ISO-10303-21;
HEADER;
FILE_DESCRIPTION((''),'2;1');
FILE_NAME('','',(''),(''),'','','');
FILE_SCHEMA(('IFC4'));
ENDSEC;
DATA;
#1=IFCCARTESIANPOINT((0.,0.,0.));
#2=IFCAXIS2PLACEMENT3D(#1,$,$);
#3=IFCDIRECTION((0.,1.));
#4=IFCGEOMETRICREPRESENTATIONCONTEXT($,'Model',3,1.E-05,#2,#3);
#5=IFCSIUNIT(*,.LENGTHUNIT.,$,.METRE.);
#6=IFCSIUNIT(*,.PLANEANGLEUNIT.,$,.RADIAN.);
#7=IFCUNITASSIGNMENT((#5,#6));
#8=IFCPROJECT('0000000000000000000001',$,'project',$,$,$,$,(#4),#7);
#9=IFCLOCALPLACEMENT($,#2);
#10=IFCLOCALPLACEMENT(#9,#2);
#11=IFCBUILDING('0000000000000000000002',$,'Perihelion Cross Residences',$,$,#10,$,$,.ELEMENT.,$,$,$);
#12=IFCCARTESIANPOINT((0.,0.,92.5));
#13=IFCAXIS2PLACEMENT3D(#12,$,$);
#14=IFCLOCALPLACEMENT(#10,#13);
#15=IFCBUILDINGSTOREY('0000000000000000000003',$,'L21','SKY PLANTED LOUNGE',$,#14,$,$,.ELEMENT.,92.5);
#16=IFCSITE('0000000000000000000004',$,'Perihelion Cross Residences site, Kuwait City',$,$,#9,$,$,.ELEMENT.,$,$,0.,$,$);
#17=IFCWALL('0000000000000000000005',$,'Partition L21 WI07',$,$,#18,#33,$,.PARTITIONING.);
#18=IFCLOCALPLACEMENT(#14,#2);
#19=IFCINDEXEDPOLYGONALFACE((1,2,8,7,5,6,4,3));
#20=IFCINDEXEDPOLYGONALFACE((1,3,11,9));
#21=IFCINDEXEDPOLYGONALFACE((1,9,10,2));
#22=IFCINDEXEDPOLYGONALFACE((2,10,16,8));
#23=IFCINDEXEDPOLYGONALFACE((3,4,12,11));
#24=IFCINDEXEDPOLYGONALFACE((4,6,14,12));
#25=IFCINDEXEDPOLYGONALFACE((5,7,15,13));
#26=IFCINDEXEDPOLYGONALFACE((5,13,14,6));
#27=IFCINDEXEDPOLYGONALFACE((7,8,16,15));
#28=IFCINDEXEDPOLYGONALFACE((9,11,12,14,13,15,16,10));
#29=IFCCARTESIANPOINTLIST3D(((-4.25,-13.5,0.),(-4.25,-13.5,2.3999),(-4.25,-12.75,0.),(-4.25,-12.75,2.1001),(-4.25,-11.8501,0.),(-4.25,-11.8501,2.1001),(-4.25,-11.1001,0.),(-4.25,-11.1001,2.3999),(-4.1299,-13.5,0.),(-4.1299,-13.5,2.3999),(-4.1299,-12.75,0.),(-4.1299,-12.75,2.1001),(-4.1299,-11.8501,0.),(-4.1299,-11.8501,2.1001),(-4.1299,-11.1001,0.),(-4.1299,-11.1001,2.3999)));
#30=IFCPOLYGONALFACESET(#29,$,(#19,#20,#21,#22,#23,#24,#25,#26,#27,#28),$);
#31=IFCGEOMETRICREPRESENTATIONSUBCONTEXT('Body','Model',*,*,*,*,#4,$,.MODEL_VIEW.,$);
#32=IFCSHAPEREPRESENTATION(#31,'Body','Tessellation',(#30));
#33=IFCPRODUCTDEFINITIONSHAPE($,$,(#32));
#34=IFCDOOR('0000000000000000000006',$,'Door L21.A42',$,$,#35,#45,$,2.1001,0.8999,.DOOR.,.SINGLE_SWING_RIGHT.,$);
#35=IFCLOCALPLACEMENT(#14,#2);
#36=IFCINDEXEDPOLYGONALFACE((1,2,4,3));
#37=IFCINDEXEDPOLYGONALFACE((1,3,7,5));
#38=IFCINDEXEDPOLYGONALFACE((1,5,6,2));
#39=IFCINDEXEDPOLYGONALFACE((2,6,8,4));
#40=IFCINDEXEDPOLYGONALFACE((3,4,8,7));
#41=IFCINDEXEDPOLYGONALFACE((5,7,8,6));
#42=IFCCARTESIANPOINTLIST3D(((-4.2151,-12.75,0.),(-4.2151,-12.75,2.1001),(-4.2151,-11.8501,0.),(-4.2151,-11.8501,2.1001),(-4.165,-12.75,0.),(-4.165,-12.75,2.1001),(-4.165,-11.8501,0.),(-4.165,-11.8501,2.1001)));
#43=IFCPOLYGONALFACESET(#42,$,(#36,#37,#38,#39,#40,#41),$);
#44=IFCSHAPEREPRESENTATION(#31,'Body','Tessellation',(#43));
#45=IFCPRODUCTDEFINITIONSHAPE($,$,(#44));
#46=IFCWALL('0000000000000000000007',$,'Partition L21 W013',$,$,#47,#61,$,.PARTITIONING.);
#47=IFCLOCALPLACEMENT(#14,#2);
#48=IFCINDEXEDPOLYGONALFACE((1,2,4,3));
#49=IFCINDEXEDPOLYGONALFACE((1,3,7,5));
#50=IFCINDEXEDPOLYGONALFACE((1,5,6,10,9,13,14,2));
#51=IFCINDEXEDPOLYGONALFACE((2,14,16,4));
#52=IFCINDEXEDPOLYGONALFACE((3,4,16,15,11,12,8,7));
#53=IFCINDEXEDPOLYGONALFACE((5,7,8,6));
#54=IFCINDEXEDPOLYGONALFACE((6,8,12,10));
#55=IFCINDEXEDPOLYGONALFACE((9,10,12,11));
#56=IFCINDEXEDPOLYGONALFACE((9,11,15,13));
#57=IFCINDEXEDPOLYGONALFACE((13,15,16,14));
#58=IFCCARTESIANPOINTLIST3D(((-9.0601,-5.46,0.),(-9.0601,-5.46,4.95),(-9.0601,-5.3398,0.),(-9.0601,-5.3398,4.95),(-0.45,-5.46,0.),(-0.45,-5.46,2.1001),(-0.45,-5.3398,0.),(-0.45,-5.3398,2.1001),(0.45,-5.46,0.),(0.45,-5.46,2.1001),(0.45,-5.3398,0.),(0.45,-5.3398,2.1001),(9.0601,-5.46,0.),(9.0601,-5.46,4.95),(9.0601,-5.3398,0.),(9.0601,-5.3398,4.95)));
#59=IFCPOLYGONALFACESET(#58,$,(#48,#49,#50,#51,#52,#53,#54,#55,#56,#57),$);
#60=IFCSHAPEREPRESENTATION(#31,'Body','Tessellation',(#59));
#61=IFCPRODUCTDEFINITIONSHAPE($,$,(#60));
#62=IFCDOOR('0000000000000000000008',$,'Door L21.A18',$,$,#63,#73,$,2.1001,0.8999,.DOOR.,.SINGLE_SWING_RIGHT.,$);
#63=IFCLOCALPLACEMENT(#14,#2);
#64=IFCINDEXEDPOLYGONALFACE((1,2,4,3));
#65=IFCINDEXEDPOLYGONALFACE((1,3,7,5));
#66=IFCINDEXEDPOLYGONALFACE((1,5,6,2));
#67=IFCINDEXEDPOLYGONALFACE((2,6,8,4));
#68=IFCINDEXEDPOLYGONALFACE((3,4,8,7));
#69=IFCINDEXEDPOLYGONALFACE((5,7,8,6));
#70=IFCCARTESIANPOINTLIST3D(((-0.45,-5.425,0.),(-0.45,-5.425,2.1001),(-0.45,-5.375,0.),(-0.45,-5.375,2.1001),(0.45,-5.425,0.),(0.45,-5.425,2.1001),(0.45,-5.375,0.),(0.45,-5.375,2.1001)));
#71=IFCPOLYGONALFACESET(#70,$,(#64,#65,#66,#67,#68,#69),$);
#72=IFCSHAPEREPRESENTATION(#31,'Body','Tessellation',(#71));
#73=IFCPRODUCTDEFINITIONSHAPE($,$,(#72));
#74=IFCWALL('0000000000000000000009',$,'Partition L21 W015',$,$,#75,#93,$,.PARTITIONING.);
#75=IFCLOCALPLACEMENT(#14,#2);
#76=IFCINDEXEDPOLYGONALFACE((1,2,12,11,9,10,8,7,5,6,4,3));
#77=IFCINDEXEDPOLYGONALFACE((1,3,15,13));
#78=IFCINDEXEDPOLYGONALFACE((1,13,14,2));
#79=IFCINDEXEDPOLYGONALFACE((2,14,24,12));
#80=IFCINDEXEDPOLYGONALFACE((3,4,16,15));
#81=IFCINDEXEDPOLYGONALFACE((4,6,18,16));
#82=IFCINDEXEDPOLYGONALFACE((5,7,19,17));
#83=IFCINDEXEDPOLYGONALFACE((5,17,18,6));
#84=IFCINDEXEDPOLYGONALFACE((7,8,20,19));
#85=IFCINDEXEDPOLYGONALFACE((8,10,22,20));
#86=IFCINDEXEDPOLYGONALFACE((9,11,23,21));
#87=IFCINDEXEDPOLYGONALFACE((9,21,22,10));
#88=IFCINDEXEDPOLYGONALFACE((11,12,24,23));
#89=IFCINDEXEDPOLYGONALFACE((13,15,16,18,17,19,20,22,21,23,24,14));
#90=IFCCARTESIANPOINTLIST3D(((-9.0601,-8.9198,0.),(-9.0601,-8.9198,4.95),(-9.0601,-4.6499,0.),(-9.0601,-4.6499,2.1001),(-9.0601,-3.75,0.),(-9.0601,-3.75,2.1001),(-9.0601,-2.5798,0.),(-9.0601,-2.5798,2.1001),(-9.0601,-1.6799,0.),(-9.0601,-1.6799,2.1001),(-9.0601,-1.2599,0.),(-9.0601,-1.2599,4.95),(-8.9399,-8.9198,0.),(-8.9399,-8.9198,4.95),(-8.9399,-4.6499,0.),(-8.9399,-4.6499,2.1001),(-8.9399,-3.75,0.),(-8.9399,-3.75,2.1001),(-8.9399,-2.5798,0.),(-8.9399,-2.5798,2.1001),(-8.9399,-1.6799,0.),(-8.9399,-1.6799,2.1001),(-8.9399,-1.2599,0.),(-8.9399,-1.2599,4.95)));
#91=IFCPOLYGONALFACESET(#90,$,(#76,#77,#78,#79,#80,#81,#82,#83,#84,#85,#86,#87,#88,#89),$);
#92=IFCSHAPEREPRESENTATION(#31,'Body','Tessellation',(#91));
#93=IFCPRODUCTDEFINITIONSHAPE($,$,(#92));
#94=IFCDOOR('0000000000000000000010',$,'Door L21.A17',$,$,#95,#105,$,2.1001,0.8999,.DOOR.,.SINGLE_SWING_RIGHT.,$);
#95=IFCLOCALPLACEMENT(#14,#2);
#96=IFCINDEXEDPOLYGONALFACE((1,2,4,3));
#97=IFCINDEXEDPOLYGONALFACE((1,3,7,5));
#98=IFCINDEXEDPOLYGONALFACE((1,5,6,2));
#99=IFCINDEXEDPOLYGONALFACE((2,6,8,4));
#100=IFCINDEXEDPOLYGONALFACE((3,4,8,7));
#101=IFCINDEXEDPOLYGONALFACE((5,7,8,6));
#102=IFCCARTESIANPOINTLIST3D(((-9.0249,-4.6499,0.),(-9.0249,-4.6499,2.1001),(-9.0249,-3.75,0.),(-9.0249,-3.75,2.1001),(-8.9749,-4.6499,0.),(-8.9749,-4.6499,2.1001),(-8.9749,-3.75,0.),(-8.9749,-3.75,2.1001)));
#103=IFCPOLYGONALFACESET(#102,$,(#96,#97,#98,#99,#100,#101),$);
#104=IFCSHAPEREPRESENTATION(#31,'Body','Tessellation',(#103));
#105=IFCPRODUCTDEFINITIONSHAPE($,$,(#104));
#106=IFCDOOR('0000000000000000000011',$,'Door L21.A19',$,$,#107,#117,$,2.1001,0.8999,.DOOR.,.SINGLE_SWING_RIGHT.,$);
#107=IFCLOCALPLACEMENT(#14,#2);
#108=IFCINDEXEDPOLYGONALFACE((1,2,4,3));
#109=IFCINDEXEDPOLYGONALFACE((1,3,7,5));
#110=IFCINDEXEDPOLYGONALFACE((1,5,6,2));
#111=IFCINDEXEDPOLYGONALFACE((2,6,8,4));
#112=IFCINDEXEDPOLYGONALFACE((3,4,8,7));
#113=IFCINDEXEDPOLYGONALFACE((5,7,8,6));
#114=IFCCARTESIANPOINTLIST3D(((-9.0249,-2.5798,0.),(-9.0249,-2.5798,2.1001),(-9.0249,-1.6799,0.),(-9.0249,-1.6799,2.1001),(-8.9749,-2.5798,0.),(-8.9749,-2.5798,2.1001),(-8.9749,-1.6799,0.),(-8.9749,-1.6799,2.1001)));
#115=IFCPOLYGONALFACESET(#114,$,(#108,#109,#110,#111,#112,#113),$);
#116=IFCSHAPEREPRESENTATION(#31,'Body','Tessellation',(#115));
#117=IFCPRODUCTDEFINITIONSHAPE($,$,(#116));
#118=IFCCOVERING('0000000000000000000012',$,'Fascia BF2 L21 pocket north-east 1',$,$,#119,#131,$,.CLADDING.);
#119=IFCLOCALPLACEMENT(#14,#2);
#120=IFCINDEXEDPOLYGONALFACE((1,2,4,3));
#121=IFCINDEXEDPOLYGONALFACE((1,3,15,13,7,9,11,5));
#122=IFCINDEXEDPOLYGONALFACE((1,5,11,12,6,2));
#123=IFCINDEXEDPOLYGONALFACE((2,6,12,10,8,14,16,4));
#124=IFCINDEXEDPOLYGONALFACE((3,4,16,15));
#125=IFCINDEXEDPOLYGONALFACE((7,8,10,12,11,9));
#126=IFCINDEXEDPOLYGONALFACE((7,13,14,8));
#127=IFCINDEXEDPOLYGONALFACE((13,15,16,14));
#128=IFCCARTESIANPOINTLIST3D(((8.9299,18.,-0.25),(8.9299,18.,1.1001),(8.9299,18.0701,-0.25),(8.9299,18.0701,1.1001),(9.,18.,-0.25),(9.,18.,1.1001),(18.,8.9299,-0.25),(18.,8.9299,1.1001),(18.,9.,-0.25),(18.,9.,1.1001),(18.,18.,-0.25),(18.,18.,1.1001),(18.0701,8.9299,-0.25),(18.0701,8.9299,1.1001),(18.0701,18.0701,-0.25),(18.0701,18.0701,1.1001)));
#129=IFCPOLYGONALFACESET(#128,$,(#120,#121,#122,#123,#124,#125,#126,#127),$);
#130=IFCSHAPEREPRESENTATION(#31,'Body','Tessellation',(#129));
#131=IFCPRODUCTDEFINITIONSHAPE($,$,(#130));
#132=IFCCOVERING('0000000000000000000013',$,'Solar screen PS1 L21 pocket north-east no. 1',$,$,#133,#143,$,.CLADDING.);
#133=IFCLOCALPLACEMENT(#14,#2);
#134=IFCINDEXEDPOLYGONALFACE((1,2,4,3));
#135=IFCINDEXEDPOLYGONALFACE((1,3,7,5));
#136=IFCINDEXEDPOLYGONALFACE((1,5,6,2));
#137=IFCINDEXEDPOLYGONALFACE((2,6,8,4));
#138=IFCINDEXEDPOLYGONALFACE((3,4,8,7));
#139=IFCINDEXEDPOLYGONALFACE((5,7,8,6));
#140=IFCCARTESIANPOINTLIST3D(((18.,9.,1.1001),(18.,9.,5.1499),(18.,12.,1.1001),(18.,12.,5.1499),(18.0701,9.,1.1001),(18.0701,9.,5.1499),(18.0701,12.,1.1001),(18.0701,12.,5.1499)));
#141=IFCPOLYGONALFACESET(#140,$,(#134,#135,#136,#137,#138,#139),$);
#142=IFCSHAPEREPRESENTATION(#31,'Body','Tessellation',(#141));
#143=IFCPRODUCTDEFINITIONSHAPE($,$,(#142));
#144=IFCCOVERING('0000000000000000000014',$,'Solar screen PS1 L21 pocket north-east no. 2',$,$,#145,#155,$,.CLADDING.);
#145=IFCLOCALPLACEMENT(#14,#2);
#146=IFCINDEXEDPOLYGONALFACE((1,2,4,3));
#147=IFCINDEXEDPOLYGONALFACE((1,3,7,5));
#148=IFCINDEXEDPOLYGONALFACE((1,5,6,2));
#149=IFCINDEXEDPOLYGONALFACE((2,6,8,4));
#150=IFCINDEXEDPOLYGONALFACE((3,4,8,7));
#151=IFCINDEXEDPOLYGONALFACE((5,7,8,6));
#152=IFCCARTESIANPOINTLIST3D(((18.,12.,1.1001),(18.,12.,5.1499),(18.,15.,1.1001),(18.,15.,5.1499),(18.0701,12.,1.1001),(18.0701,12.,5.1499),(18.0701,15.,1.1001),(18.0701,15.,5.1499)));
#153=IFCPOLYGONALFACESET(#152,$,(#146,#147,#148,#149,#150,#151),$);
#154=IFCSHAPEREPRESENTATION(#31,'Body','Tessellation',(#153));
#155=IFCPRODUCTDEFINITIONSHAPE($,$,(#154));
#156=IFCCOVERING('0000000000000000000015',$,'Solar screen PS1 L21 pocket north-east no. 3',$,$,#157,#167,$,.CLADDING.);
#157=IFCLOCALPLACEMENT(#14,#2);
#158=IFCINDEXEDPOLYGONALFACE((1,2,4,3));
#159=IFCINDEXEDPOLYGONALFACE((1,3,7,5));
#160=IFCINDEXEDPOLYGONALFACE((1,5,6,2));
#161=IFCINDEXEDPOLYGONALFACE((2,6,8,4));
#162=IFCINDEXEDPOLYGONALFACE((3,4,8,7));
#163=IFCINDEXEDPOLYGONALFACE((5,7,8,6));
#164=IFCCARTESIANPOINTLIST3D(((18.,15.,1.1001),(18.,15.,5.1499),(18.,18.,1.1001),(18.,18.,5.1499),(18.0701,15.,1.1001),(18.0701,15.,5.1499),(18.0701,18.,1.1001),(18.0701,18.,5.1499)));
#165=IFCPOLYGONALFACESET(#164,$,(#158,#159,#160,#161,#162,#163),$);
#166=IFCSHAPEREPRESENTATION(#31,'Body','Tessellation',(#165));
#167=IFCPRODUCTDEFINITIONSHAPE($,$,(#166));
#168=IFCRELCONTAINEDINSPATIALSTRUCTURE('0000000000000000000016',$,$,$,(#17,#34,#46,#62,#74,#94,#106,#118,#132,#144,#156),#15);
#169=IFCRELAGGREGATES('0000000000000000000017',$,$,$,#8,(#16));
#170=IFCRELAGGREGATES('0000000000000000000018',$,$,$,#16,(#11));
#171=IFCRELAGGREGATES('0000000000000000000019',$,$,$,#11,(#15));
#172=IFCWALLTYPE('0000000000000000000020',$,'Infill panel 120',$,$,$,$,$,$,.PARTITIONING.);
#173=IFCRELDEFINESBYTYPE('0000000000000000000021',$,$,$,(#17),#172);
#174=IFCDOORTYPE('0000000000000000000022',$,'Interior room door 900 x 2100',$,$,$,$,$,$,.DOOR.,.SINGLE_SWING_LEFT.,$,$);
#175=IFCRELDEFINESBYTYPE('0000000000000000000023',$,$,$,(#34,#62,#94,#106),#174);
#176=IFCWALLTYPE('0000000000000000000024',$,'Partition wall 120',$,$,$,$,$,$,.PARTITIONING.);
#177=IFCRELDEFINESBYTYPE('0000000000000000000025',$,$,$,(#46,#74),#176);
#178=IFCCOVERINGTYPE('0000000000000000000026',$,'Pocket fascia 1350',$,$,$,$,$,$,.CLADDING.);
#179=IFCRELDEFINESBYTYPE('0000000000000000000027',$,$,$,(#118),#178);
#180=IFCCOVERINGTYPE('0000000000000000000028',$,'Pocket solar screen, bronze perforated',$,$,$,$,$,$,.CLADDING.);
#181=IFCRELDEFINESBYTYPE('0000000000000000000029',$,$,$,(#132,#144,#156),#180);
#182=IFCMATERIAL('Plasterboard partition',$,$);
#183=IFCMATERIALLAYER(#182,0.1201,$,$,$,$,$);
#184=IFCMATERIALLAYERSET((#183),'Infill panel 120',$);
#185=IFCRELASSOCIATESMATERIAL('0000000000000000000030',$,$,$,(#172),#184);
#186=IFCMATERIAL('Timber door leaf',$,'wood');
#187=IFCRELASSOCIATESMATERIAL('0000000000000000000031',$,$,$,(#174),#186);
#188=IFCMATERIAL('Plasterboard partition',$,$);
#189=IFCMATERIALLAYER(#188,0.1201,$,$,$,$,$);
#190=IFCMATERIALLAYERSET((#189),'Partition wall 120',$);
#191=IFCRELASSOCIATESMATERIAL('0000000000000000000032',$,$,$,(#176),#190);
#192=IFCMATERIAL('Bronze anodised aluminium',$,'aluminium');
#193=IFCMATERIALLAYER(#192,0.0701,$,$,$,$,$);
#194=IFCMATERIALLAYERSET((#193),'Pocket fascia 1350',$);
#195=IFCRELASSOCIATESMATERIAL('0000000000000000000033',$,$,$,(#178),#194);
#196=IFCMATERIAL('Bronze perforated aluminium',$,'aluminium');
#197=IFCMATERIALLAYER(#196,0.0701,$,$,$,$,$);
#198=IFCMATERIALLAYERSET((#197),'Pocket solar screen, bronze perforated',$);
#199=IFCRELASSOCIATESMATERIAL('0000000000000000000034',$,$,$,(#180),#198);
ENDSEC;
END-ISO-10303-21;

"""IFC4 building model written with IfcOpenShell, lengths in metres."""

from ifc_helpers import new_model, si_unit, direction, frame, frame_2d, origin, place, context, subcontext, project, spatial, polyline, rectangle, outline, extrude, material, layer, layer_set, type_object, element, fill, save


model = new_model("IFC4")

# Units and contexts
model_context = context("Model", 3, precision=1e-05, world=origin(), true_north=direction((0.0, 1.0)))
body_context = subcontext(model_context, "Body", "Model", "MODEL_VIEW")
ifc_project = project(units=[si_unit("LENGTHUNIT", "METRE"), si_unit("PLANEANGLEUNIT", "RADIAN")], contexts=[model_context])

# Site, building, storey
site_placement = place(None, origin())
site = spatial("IfcSite", under=ifc_project, at=site_placement, Name="Perihelion Cross Residences site, Kuwait City", CompositionType="ELEMENT", RefElevation=0.0)
building_placement = place(site_placement, origin())
building = spatial("IfcBuilding", under=site, at=building_placement, Name="Perihelion Cross Residences", CompositionType="ELEMENT")
storey_placement = place(building_placement, frame((0.0, 0.0, 92.5)))
storey = spatial("IfcBuildingStorey", under=building, at=storey_placement, Name="L21", Description="SKY PLANTED LOUNGE", CompositionType="ELEMENT", Elevation=92.5)

# Walls, openings, doors
ifc_material_1 = material(Name="Plasterboard partition")
ifc_layer_1 = layer(ifc_material_1, 0.1201)
ifc_layer_set_1 = layer_set([ifc_layer_1], Name="Infill panel 120")
wall_type_1 = type_object("IfcWallType", Name="Infill panel 120", PredefinedType="PARTITIONING", material=ifc_layer_set_1)
wall_1_placement = place(storey_placement, frame((-4.1899, -11.1001, 0.0), z_axis=(0.0, 0.0, 1.0), x_axis=(0.0, -1.0, 0.0)))
wall_1 = element("IfcWall", 1, at=wall_1_placement, inside=storey, type_object=wall_type_1, Name="Partition L21 WI07", PredefinedType="PARTITIONING", context=body_context, shape_type="SweptSolid", body=[
    extrude(rectangle(XDim=2.3999, YDim=0.1201, at=frame_2d((1.2, 0.0))), origin(), (0.0, 0.0, 1.0), 2.3999),
])
opening_1_placement = place(wall_1_placement, frame((0.75, 0.0, 0.0)))
opening_1 = element("IfcOpeningElement", 2, at=opening_1_placement, cuts=wall_1, PredefinedType="OPENING", context=body_context, shape_type="SweptSolid", body=[
    extrude(rectangle(XDim=0.8999, YDim=2.1001, at=frame_2d((0.45, 1.05))), frame((0.0, 0.0701, 0.0), z_axis=(0.0, -1.0, 0.0), x_axis=(1.0, 0.0, 0.0)), (0.0, 0.0, 1.0), 0.1401),
])
ifc_material_2 = material(Name="Timber door leaf", Category="wood")
door_type_1 = type_object("IfcDoorType", Name="Interior room door 900 x 2100", OperationType="SINGLE_SWING_LEFT", PredefinedType="DOOR", material=ifc_material_2)
door_1_placement = place(opening_1_placement, origin())
door_1 = element("IfcDoor", 3, at=door_1_placement, inside=storey, type_object=door_type_1, Name="Door L21.A42", OperationType="SINGLE_SWING_RIGHT", OverallHeight=2.1001, OverallWidth=0.8999, PredefinedType="DOOR", context=body_context, shape_type="SweptSolid", body=[
    extrude(rectangle(XDim=0.8999, YDim=2.1001, at=frame_2d((0.45, 1.05))), frame((0.0, 0.0249, 0.0), z_axis=(0.0, -1.0, 0.0), x_axis=(1.0, 0.0, 0.0)), (0.0, 0.0, 1.0), 0.05),
])
fill(opening_1, door_1)
ifc_material_3 = material(Name="Plasterboard partition")
ifc_layer_2 = layer(ifc_material_3, 0.1201)
ifc_layer_set_2 = layer_set([ifc_layer_2], Name="Partition wall 120")
wall_type_2 = type_object("IfcWallType", Name="Partition wall 120", PredefinedType="PARTITIONING", material=ifc_layer_set_2)
wall_2_placement = place(storey_placement, frame((-9.0601, -5.3999, 0.0), z_axis=(0.0, 0.0, 1.0), x_axis=(1.0, 0.0, 0.0)))
wall_2 = element("IfcWall", 4, at=wall_2_placement, inside=storey, type_object=wall_type_2, Name="Partition L21 W013", PredefinedType="PARTITIONING", context=body_context, shape_type="SweptSolid", body=[
    extrude(rectangle(XDim=18.1201, YDim=0.1201, at=frame_2d((9.0601, 0.0))), origin(), (0.0, 0.0, 1.0), 4.95),
])
opening_2_placement = place(wall_2_placement, frame((8.6101, 0.0, 0.0)))
opening_2 = element("IfcOpeningElement", 5, at=opening_2_placement, cuts=wall_2, PredefinedType="OPENING", context=body_context, shape_type="SweptSolid", body=[
    extrude(rectangle(XDim=0.8999, YDim=2.1001, at=frame_2d((0.45, 1.05))), frame((0.0, 0.0701, 0.0), z_axis=(0.0, -1.0, 0.0), x_axis=(1.0, 0.0, 0.0)), (0.0, 0.0, 1.0), 0.1401),
])
door_2_placement = place(opening_2_placement, origin())
door_2 = element("IfcDoor", 6, at=door_2_placement, inside=storey, type_object=door_type_1, Name="Door L21.A18", OperationType="SINGLE_SWING_RIGHT", OverallHeight=2.1001, OverallWidth=0.8999, PredefinedType="DOOR", context=body_context, shape_type="SweptSolid", body=[
    extrude(rectangle(XDim=0.8999, YDim=2.1001, at=frame_2d((0.45, 1.05))), frame((0.0, 0.0249, 0.0), z_axis=(0.0, -1.0, 0.0), x_axis=(1.0, 0.0, 0.0)), (0.0, 0.0, 1.0), 0.05),
])
fill(opening_2, door_2)

# Wall, openings, doors
wall_3_placement = place(storey_placement, frame((-9.0, -8.9199, 0.0), z_axis=(0.0, 0.0, 1.0), x_axis=(0.0, 1.0, 0.0)))
wall_3 = element("IfcWall", 7, at=wall_3_placement, inside=storey, type_object=wall_type_2, Name="Partition L21 W015", PredefinedType="PARTITIONING", context=body_context, shape_type="SweptSolid", body=[
    extrude(rectangle(XDim=7.6599, YDim=0.1201, at=frame_2d((3.8301, 0.0))), origin(), (0.0, 0.0, 1.0), 4.95),
])
opening_3_placement = place(wall_3_placement, frame((4.27, 0.0, 0.0)))
opening_3 = element("IfcOpeningElement", 8, at=opening_3_placement, cuts=wall_3, PredefinedType="OPENING", context=body_context, shape_type="SweptSolid", body=[
    extrude(rectangle(XDim=0.8999, YDim=2.1001, at=frame_2d((0.45, 1.05))), frame((0.0, 0.0701, 0.0), z_axis=(0.0, -1.0, 0.0), x_axis=(1.0, 0.0, 0.0)), (0.0, 0.0, 1.0), 0.1401),
])
opening_4_placement = place(wall_3_placement, frame((6.3401, 0.0, 0.0)))
opening_4 = element("IfcOpeningElement", 9, at=opening_4_placement, cuts=wall_3, PredefinedType="OPENING", context=body_context, shape_type="SweptSolid", body=[
    extrude(rectangle(XDim=0.8999, YDim=2.1001, at=frame_2d((0.45, 1.05))), frame((0.0, 0.0701, 0.0), z_axis=(0.0, -1.0, 0.0), x_axis=(1.0, 0.0, 0.0)), (0.0, 0.0, 1.0), 0.1401),
])
door_3_placement = place(opening_3_placement, origin())
door_3 = element("IfcDoor", 10, at=door_3_placement, inside=storey, type_object=door_type_1, Name="Door L21.A17", OperationType="SINGLE_SWING_RIGHT", OverallHeight=2.1001, OverallWidth=0.8999, PredefinedType="DOOR", context=body_context, shape_type="SweptSolid", body=[
    extrude(rectangle(XDim=0.8999, YDim=2.1001, at=frame_2d((0.45, 1.05))), frame((0.0, 0.0249, 0.0), z_axis=(0.0, -1.0, 0.0), x_axis=(1.0, 0.0, 0.0)), (0.0, 0.0, 1.0), 0.05),
])
fill(opening_3, door_3)
door_4_placement = place(opening_4_placement, origin())
door_4 = element("IfcDoor", 11, at=door_4_placement, inside=storey, type_object=door_type_1, Name="Door L21.A19", OperationType="SINGLE_SWING_RIGHT", OverallHeight=2.1001, OverallWidth=0.8999, PredefinedType="DOOR", context=body_context, shape_type="SweptSolid", body=[
    extrude(rectangle(XDim=0.8999, YDim=2.1001, at=frame_2d((0.45, 1.05))), frame((0.0, 0.0249, 0.0), z_axis=(0.0, -1.0, 0.0), x_axis=(1.0, 0.0, 0.0)), (0.0, 0.0, 1.0), 0.05),
])
fill(opening_4, door_4)

# Coverings
ifc_material_4 = material(Name="Bronze anodised aluminium", Category="aluminium")
ifc_layer_3 = layer(ifc_material_4, 0.0701)
ifc_layer_set_3 = layer_set([ifc_layer_3], Name="Pocket fascia 1350")
covering_type_1 = type_object("IfcCoveringType", Name="Pocket fascia 1350", PredefinedType="CLADDING", material=ifc_layer_set_3)
covering_1_placement = place(storey_placement, frame((0.0, 0.0, -0.25)))
element("IfcCovering", 12, at=covering_1_placement, inside=storey, type_object=covering_type_1, Name="Fascia BF2 L21 pocket north-east 1", PredefinedType="CLADDING", context=body_context, shape_type="SweptSolid", body=[
    extrude(outline(polyline([(8.9299, 18.0), (9.0, 18.0), (9.0, 18.0), (18.0, 18.0), (18.0, 9.0), (18.0, 9.0), (18.0, 8.9299), (18.0701, 8.9299), (18.0701, 18.0701), (8.9299, 18.0701), (8.9299, 18.0)])), origin(), (0.0, 0.0, 1.0), 1.3501),
])
ifc_material_5 = material(Name="Bronze perforated aluminium", Category="aluminium")
ifc_layer_4 = layer(ifc_material_5, 0.0701)
ifc_layer_set_4 = layer_set([ifc_layer_4], Name="Pocket solar screen, bronze perforated")
covering_type_2 = type_object("IfcCoveringType", Name="Pocket solar screen, bronze perforated", PredefinedType="CLADDING", material=ifc_layer_set_4)
covering_2_placement = place(storey_placement, frame((0.0, 0.0, 1.1001)))
element("IfcCovering", 13, at=covering_2_placement, inside=storey, type_object=covering_type_2, Name="Solar screen PS1 L21 pocket north-east no. 1", PredefinedType="CLADDING", context=body_context, shape_type="SweptSolid", body=[
    extrude(outline(polyline([(18.0701, 9.0), (18.0701, 12.0), (18.0, 12.0), (18.0, 9.0), (18.0701, 9.0)])), origin(), (0.0, 0.0, 1.0), 4.0498),
])
covering_3_placement = place(storey_placement, frame((0.0, 0.0, 1.1001)))
element("IfcCovering", 14, at=covering_3_placement, inside=storey, type_object=covering_type_2, Name="Solar screen PS1 L21 pocket north-east no. 2", PredefinedType="CLADDING", context=body_context, shape_type="SweptSolid", body=[
    extrude(outline(polyline([(18.0701, 12.0), (18.0701, 15.0), (18.0, 15.0), (18.0, 12.0), (18.0701, 12.0)])), origin(), (0.0, 0.0, 1.0), 4.0498),
])
covering_4_placement = place(storey_placement, frame((0.0, 0.0, 1.1001)))
element("IfcCovering", 15, at=covering_4_placement, inside=storey, type_object=covering_type_2, Name="Solar screen PS1 L21 pocket north-east no. 3", PredefinedType="CLADDING", context=body_context, shape_type="SweptSolid", body=[
    extrude(outline(polyline([(18.0701, 15.0), (18.0701, 18.0), (18.0, 18.0), (18.0, 15.0), (18.0701, 15.0)])), origin(), (0.0, 0.0, 1.0), 4.0498),
])

save(model, "model.ifc")
